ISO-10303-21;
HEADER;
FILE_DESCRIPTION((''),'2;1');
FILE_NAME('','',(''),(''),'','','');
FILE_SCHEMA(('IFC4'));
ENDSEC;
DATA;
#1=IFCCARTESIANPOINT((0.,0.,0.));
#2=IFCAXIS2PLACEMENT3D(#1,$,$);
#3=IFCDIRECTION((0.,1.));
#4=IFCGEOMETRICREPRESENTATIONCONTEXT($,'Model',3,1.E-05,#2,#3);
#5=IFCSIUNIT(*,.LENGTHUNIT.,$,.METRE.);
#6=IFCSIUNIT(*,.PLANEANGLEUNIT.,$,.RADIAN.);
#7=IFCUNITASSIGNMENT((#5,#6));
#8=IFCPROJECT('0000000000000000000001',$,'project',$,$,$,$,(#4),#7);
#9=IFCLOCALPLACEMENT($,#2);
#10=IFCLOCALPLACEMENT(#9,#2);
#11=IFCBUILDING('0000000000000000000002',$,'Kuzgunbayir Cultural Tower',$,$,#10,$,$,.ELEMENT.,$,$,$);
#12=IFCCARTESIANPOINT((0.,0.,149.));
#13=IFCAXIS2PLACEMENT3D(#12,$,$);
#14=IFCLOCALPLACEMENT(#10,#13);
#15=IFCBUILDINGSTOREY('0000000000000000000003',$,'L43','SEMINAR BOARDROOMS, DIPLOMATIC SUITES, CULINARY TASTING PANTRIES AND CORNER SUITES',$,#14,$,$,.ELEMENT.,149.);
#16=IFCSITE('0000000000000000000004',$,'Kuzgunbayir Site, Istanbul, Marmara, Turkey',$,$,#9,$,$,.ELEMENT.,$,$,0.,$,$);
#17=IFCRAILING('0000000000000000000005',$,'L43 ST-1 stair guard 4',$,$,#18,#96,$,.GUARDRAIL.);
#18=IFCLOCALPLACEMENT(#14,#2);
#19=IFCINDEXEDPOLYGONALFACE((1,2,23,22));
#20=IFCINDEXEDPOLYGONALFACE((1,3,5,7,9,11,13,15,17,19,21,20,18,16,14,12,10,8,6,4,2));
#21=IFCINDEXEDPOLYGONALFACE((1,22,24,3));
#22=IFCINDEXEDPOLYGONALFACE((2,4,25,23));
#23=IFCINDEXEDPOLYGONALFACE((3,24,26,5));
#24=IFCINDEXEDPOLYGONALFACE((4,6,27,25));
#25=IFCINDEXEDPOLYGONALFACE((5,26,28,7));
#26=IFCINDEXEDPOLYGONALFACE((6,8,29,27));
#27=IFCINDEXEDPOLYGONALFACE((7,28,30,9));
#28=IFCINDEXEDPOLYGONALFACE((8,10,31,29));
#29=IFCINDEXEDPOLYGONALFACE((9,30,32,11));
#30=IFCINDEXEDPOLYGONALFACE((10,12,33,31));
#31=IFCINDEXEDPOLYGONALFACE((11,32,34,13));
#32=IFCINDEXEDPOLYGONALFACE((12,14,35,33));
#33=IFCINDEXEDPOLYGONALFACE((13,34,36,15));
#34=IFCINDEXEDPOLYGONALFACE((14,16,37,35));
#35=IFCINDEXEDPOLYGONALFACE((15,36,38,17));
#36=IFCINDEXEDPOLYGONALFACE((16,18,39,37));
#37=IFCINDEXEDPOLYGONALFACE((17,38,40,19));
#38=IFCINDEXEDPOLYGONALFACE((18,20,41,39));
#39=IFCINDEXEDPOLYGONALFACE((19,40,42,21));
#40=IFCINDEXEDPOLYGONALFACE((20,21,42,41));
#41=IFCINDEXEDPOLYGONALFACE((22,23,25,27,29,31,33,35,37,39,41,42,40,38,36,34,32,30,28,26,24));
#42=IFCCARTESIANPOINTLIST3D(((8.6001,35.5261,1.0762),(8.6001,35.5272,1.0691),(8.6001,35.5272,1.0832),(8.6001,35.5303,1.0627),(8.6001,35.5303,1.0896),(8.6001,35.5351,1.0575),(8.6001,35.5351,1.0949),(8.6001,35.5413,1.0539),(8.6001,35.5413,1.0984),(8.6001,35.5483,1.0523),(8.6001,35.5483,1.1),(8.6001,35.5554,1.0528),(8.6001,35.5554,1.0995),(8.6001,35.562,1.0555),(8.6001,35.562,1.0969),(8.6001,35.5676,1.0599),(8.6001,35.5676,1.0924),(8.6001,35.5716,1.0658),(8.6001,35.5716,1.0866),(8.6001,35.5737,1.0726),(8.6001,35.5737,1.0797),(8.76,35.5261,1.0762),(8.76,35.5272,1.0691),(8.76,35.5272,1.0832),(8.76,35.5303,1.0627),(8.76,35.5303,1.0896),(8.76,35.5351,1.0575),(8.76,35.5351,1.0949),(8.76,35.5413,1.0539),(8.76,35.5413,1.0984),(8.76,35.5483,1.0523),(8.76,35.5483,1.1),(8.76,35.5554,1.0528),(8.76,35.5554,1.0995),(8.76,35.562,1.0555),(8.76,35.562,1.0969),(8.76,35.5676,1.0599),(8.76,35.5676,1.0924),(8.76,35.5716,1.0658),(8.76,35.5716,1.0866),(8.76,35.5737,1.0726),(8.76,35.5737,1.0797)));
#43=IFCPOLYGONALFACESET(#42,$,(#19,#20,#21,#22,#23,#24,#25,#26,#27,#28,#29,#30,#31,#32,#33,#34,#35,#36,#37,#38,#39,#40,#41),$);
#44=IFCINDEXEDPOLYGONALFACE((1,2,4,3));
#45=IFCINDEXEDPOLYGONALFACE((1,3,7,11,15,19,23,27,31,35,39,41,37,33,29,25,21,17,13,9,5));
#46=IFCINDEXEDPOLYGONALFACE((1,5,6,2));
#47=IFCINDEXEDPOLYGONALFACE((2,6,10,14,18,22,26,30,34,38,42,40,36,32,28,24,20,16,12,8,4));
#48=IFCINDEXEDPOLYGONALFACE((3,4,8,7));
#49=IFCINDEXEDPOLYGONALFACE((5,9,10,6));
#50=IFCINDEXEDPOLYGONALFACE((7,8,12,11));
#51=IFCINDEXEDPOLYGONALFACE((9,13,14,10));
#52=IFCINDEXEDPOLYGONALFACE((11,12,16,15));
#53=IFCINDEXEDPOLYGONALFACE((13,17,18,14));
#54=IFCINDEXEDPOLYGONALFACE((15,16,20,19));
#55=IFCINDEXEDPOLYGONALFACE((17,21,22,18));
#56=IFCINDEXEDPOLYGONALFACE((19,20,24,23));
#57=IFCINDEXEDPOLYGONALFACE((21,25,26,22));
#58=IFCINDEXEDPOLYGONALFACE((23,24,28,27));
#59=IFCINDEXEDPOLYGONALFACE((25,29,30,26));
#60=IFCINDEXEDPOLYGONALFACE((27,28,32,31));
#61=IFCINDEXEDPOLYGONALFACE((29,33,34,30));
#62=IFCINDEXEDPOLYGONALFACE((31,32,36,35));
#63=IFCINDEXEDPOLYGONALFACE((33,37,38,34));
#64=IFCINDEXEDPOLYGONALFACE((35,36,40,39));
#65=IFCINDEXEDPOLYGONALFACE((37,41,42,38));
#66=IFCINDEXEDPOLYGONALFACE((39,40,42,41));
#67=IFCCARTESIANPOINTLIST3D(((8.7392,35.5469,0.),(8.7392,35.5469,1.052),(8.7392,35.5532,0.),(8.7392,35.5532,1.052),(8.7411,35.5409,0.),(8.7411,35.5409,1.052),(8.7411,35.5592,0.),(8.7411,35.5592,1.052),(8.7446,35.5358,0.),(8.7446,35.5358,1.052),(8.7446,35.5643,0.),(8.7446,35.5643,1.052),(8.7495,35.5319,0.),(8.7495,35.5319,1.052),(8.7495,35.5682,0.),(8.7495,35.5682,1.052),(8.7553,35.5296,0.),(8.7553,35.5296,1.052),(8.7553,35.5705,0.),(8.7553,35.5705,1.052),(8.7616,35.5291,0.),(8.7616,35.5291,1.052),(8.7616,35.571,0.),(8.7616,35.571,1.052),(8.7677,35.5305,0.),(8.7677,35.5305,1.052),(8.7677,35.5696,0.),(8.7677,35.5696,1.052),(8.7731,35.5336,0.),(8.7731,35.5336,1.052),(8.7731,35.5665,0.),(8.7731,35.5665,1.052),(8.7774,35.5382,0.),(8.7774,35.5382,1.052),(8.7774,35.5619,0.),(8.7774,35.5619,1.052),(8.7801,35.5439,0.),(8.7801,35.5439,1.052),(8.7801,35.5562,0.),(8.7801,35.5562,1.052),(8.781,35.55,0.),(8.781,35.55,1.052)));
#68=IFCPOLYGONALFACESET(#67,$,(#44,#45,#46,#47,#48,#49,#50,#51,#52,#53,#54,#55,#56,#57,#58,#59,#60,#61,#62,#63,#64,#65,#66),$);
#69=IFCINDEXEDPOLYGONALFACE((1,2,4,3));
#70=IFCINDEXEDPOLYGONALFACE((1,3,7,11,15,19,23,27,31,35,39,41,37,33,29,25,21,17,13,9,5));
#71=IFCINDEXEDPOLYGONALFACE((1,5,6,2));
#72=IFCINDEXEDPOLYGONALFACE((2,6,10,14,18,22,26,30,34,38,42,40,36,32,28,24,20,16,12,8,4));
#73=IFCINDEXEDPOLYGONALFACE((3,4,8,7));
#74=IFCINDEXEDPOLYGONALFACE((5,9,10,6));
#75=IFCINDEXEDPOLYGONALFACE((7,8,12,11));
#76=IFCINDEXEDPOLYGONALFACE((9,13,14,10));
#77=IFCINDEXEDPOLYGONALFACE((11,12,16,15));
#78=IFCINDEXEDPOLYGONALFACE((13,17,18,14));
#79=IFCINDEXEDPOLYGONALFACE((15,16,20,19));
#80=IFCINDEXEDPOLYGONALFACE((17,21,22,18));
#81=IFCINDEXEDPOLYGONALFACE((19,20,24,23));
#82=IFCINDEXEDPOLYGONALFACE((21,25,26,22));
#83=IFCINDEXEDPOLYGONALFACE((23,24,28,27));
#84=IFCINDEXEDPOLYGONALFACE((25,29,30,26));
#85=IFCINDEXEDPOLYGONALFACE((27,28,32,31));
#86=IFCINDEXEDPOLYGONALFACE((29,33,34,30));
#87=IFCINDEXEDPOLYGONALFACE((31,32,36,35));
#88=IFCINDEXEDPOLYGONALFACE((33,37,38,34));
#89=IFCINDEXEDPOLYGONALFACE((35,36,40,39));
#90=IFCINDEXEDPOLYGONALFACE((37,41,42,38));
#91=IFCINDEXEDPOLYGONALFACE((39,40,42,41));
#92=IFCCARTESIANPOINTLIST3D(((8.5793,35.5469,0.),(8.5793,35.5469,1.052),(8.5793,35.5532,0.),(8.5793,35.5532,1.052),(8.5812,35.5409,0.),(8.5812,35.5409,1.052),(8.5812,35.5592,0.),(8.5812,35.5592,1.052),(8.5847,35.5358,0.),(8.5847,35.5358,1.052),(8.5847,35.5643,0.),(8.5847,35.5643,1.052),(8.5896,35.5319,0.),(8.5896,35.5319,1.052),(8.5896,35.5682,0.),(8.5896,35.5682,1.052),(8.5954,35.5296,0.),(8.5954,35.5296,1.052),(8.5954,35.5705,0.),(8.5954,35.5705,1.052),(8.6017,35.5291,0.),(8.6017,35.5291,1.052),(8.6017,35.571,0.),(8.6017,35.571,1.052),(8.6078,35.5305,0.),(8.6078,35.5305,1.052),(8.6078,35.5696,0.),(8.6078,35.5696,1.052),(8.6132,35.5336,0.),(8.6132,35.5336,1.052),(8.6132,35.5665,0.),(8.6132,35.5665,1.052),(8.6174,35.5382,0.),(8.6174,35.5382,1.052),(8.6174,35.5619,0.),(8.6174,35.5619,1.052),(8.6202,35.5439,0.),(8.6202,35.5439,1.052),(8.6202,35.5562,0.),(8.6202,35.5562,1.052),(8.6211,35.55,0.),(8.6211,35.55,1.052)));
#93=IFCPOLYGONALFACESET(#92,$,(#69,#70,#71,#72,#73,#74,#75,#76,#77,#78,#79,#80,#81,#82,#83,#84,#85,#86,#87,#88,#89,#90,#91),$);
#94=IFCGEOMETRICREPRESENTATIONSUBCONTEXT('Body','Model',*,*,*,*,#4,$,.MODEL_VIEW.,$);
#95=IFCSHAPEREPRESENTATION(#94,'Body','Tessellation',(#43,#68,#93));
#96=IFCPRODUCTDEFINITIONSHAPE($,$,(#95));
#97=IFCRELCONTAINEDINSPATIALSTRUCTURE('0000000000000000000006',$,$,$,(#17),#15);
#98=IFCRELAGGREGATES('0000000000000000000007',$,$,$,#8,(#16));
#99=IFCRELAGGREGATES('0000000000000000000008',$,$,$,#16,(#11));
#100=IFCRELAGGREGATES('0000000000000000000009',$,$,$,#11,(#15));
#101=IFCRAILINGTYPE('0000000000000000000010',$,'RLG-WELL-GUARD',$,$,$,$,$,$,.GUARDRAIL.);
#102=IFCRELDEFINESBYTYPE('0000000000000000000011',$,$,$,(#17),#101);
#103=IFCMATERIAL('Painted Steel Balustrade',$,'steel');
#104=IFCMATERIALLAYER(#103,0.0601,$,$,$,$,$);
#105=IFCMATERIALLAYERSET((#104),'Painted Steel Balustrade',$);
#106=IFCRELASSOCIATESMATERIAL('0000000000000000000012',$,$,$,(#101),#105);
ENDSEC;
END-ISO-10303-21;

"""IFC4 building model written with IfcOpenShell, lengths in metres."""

from ifc_helpers import new_model, si_unit, direction, frame, origin, origin_2d, place, context, subcontext, project, spatial, circle, extrude, material, layer, layer_set, type_object, element, save


model = new_model("IFC4")

# Units and contexts
model_context = context("Model", 3, precision=1e-05, world=origin(), true_north=direction((0.0, 1.0)))
body_context = subcontext(model_context, "Body", "Model", "MODEL_VIEW")
ifc_project = project(units=[si_unit("LENGTHUNIT", "METRE"), si_unit("PLANEANGLEUNIT", "RADIAN")], contexts=[model_context])

# Site, building, storey
site_placement = place(None, origin())
site = spatial("IfcSite", under=ifc_project, at=site_placement, Name="Kuzgunbayir Site, Istanbul, Marmara, Turkey", CompositionType="ELEMENT", RefElevation=0.0)
building_placement = place(site_placement, origin())
building = spatial("IfcBuilding", under=site, at=building_placement, Name="Kuzgunbayir Cultural Tower", CompositionType="ELEMENT")
storey_placement = place(building_placement, frame((0.0, 0.0, 149.0)))
storey = spatial("IfcBuildingStorey", under=building, at=storey_placement, Name="L43", Description="SEMINAR BOARDROOMS, DIPLOMATIC SUITES, CULINARY TASTING PANTRIES AND CORNER SUITES", CompositionType="ELEMENT", Elevation=149.0)

# Railing
ifc_material_1 = material(Name="Painted Steel Balustrade", Category="steel")
ifc_layer_1 = layer(ifc_material_1, 0.0601)
ifc_layer_set_1 = layer_set([ifc_layer_1], Name="Painted Steel Balustrade")
railing_type_1 = type_object("IfcRailingType", Name="RLG-WELL-GUARD", PredefinedType="GUARDRAIL", material=ifc_layer_set_1)
railing_1_placement = place(storey_placement, frame((8.76, 35.55, 0.0)))
element("IfcRailing", 1, at=railing_1_placement, inside=storey, type_object=railing_type_1, Name="L43 ST-1 stair guard 4", PredefinedType="GUARDRAIL", context=body_context, shape_type="SweptSolid", body=[
    extrude(circle(Radius=0.0239, at=origin_2d()), frame((0.0, 0.0, 1.0762), z_axis=(-1.0, 0.0, 0.0), x_axis=(0.0, -1.0, 0.0)), (0.0, 0.0, 1.0), 0.1599),
    extrude(circle(Radius=0.021, at=origin_2d()), origin(), (0.0, 0.0, 1.0), 1.052),
    extrude(circle(Radius=0.021, at=origin_2d()), frame((-0.1599, 0.0, 0.0)), (0.0, 0.0, 1.0), 1.052),
])

save(model, "model.ifc")
